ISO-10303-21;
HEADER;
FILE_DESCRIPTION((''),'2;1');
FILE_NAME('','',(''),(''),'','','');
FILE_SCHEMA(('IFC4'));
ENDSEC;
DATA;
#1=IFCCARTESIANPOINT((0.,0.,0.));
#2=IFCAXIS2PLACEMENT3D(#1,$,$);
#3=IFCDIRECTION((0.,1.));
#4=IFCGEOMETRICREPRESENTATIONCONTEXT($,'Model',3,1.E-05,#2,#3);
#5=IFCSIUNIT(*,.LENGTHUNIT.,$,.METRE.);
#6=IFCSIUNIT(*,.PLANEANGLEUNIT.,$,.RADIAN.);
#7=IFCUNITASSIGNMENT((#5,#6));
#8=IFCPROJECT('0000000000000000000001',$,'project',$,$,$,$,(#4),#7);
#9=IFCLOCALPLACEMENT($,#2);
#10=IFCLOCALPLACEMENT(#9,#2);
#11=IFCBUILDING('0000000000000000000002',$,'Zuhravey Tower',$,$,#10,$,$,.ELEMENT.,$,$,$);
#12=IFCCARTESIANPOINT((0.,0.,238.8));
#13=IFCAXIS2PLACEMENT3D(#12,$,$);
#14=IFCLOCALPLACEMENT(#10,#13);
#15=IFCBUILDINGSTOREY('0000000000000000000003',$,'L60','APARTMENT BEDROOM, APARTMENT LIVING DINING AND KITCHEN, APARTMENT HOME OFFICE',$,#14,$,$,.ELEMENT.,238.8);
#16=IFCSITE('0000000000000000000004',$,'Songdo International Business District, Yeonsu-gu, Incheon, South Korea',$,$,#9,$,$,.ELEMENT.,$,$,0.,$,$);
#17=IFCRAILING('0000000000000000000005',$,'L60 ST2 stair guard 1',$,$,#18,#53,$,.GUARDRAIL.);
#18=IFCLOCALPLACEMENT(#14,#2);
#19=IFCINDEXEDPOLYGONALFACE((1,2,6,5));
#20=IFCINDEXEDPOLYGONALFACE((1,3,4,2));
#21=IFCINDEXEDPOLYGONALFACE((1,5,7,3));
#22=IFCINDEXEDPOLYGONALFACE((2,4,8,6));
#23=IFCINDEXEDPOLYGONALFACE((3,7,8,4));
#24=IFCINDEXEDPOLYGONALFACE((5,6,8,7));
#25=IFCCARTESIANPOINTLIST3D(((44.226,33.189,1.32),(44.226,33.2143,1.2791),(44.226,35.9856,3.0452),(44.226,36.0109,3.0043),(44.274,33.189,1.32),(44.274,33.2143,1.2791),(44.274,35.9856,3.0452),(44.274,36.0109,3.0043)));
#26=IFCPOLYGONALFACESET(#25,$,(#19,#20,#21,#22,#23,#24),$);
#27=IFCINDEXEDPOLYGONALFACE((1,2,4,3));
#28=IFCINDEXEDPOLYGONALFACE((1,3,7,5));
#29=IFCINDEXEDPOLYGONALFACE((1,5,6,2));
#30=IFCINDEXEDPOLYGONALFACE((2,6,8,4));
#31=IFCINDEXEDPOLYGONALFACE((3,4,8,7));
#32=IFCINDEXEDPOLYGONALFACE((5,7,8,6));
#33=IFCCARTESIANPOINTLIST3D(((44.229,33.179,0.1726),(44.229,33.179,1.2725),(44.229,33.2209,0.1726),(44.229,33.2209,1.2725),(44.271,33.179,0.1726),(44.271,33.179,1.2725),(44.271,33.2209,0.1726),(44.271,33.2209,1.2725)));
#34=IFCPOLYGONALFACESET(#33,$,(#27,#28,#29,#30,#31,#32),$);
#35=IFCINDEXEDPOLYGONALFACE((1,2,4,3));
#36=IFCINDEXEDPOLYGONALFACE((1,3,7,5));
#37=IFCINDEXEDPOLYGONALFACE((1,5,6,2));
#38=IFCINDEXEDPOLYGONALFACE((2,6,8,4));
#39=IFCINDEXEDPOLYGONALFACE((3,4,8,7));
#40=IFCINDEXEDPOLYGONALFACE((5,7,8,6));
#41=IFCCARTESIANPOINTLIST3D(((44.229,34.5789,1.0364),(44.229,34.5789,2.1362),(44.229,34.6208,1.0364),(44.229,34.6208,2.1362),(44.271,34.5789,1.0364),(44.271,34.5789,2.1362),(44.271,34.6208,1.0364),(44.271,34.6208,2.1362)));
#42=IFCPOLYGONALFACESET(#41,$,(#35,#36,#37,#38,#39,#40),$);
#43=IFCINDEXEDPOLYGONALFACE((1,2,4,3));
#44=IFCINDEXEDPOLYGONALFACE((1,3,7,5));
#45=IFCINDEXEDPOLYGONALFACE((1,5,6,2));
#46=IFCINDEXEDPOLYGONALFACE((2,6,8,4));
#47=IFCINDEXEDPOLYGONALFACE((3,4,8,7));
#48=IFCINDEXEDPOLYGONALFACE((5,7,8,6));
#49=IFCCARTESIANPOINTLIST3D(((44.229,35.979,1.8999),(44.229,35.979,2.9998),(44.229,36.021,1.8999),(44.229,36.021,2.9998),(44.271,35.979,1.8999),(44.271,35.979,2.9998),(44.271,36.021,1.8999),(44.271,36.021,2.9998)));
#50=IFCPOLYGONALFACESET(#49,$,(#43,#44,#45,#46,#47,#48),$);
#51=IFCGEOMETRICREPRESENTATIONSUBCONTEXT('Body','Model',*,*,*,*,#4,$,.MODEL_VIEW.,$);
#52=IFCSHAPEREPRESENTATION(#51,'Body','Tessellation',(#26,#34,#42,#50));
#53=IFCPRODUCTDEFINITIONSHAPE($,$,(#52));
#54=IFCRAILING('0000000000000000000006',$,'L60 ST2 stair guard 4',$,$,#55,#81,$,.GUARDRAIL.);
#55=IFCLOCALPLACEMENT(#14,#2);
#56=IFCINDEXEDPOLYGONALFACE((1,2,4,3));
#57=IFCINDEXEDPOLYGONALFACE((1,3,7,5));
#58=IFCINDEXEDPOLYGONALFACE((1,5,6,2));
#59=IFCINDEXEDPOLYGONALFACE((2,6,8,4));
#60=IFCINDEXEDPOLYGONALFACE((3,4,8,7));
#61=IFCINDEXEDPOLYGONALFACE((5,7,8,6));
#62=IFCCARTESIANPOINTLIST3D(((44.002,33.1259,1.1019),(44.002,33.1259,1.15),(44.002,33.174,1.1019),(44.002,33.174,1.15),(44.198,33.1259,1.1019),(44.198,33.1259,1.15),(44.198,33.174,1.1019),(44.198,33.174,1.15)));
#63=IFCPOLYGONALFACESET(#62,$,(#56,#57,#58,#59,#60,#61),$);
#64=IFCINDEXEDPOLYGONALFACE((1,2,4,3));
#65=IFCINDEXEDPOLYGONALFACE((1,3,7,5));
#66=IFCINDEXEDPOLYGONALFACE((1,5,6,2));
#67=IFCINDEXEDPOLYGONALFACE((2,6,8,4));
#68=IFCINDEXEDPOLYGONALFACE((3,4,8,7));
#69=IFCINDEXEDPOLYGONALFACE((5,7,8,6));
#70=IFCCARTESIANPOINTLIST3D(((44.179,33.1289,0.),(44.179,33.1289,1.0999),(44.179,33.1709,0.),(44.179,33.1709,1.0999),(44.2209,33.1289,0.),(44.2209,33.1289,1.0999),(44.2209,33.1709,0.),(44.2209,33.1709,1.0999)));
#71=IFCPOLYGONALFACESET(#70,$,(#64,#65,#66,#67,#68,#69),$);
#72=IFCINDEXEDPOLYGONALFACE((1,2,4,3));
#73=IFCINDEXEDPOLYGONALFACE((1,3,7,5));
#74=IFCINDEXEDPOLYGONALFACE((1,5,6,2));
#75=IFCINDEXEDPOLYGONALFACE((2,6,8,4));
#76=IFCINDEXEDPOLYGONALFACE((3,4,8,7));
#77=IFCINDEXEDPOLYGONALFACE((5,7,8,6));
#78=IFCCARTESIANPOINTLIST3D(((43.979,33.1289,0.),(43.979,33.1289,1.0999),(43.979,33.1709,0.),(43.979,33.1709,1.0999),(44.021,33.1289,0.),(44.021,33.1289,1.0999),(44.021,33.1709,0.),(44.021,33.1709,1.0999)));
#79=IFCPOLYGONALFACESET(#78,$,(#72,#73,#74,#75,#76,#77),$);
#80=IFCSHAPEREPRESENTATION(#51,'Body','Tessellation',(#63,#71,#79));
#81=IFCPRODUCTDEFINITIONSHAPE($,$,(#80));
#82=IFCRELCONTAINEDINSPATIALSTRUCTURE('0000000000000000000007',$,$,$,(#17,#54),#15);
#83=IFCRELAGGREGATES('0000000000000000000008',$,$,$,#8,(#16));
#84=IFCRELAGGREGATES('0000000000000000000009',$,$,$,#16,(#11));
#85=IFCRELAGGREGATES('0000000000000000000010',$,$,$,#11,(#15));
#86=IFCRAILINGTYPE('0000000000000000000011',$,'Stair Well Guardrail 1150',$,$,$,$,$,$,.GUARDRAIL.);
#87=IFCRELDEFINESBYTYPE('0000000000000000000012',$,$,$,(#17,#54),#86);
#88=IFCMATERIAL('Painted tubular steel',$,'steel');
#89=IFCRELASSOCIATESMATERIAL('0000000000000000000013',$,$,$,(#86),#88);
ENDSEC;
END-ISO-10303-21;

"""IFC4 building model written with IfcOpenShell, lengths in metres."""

from ifc_helpers import new_model, si_unit, direction, frame, origin, origin_2d, place, context, subcontext, project, spatial, rectangle, extrude, material, type_object, element, save


model = new_model("IFC4")

# Units and contexts
model_context = context("Model", 3, precision=1e-05, world=origin(), true_north=direction((0.0, 1.0)))
body_context = subcontext(model_context, "Body", "Model", "MODEL_VIEW")
ifc_project = project(units=[si_unit("LENGTHUNIT", "METRE"), si_unit("PLANEANGLEUNIT", "RADIAN")], contexts=[model_context])

# Site, building, storey
site_placement = place(None, origin())
site = spatial("IfcSite", under=ifc_project, at=site_placement, Name="Songdo International Business District, Yeonsu-gu, Incheon, South Korea", CompositionType="ELEMENT", RefElevation=0.0)
building_placement = place(site_placement, origin())
building = spatial("IfcBuilding", under=site, at=building_placement, Name="Zuhravey Tower", CompositionType="ELEMENT")
storey_placement = place(building_placement, frame((0.0, 0.0, 238.8)))
storey = spatial("IfcBuildingStorey", under=building, at=storey_placement, Name="L60", Description="APARTMENT BEDROOM, APARTMENT LIVING DINING AND KITCHEN, APARTMENT HOME OFFICE", CompositionType="ELEMENT", Elevation=238.8)

# Railings
ifc_material_1 = material(Name="Painted tubular steel", Category="steel")
railing_type = type_object("IfcRailingType", Name="Stair Well Guardrail 1150", PredefinedType="GUARDRAIL", material=ifc_material_1)
railing_1_placement = place(storey_placement, frame((44.25, 33.2, 0.1726)))
element("IfcRailing", 1, at=railing_1_placement, inside=storey, type_object=railing_type, Name="L60 ST2 stair guard 1", PredefinedType="GUARDRAIL", context=body_context, shape_type="SweptSolid", body=[
    extrude(rectangle(XDim=0.0481, YDim=0.0481, at=origin_2d()), frame((0.0, 0.0017, 1.127), z_axis=(0.0, 0.85109, 0.52502), x_axis=(-1.0, 0.0, 0.0)), (0.0, 0.0, 1.0), 3.2859),
    extrude(rectangle(XDim=0.042, YDim=0.042, at=origin_2d()), origin(), (0.0, 0.0, 1.0), 1.0999),
    extrude(rectangle(XDim=0.042, YDim=0.042, at=origin_2d()), frame((0.0, 1.3999, 0.8638)), (0.0, 0.0, 1.0), 1.0999),
    extrude(rectangle(XDim=0.042, YDim=0.042, at=origin_2d()), frame((0.0, 2.8, 1.7273)), (0.0, 0.0, 1.0), 1.0999),
])
railing_2_placement = place(storey_placement, frame((44.2, 33.1499, 0.0)))
element("IfcRailing", 2, at=railing_2_placement, inside=storey, type_object=railing_type, Name="L60 ST2 stair guard 4", PredefinedType="GUARDRAIL", context=body_context, shape_type="SweptSolid", body=[
    extrude(rectangle(XDim=0.0481, YDim=0.0481, at=origin_2d()), frame((-0.002, 0.0, 1.126), z_axis=(-1.0, 0.0, 0.0), x_axis=(0.0, -1.0, 0.0)), (0.0, 0.0, 1.0), 0.196),
    extrude(rectangle(XDim=0.042, YDim=0.042, at=origin_2d()), origin(), (0.0, 0.0, 1.0), 1.0999),
    extrude(rectangle(XDim=0.042, YDim=0.042, at=origin_2d()), frame((-0.2, 0.0, 0.0)), (0.0, 0.0, 1.0), 1.0999),
])

save(model, "model.ifc")
